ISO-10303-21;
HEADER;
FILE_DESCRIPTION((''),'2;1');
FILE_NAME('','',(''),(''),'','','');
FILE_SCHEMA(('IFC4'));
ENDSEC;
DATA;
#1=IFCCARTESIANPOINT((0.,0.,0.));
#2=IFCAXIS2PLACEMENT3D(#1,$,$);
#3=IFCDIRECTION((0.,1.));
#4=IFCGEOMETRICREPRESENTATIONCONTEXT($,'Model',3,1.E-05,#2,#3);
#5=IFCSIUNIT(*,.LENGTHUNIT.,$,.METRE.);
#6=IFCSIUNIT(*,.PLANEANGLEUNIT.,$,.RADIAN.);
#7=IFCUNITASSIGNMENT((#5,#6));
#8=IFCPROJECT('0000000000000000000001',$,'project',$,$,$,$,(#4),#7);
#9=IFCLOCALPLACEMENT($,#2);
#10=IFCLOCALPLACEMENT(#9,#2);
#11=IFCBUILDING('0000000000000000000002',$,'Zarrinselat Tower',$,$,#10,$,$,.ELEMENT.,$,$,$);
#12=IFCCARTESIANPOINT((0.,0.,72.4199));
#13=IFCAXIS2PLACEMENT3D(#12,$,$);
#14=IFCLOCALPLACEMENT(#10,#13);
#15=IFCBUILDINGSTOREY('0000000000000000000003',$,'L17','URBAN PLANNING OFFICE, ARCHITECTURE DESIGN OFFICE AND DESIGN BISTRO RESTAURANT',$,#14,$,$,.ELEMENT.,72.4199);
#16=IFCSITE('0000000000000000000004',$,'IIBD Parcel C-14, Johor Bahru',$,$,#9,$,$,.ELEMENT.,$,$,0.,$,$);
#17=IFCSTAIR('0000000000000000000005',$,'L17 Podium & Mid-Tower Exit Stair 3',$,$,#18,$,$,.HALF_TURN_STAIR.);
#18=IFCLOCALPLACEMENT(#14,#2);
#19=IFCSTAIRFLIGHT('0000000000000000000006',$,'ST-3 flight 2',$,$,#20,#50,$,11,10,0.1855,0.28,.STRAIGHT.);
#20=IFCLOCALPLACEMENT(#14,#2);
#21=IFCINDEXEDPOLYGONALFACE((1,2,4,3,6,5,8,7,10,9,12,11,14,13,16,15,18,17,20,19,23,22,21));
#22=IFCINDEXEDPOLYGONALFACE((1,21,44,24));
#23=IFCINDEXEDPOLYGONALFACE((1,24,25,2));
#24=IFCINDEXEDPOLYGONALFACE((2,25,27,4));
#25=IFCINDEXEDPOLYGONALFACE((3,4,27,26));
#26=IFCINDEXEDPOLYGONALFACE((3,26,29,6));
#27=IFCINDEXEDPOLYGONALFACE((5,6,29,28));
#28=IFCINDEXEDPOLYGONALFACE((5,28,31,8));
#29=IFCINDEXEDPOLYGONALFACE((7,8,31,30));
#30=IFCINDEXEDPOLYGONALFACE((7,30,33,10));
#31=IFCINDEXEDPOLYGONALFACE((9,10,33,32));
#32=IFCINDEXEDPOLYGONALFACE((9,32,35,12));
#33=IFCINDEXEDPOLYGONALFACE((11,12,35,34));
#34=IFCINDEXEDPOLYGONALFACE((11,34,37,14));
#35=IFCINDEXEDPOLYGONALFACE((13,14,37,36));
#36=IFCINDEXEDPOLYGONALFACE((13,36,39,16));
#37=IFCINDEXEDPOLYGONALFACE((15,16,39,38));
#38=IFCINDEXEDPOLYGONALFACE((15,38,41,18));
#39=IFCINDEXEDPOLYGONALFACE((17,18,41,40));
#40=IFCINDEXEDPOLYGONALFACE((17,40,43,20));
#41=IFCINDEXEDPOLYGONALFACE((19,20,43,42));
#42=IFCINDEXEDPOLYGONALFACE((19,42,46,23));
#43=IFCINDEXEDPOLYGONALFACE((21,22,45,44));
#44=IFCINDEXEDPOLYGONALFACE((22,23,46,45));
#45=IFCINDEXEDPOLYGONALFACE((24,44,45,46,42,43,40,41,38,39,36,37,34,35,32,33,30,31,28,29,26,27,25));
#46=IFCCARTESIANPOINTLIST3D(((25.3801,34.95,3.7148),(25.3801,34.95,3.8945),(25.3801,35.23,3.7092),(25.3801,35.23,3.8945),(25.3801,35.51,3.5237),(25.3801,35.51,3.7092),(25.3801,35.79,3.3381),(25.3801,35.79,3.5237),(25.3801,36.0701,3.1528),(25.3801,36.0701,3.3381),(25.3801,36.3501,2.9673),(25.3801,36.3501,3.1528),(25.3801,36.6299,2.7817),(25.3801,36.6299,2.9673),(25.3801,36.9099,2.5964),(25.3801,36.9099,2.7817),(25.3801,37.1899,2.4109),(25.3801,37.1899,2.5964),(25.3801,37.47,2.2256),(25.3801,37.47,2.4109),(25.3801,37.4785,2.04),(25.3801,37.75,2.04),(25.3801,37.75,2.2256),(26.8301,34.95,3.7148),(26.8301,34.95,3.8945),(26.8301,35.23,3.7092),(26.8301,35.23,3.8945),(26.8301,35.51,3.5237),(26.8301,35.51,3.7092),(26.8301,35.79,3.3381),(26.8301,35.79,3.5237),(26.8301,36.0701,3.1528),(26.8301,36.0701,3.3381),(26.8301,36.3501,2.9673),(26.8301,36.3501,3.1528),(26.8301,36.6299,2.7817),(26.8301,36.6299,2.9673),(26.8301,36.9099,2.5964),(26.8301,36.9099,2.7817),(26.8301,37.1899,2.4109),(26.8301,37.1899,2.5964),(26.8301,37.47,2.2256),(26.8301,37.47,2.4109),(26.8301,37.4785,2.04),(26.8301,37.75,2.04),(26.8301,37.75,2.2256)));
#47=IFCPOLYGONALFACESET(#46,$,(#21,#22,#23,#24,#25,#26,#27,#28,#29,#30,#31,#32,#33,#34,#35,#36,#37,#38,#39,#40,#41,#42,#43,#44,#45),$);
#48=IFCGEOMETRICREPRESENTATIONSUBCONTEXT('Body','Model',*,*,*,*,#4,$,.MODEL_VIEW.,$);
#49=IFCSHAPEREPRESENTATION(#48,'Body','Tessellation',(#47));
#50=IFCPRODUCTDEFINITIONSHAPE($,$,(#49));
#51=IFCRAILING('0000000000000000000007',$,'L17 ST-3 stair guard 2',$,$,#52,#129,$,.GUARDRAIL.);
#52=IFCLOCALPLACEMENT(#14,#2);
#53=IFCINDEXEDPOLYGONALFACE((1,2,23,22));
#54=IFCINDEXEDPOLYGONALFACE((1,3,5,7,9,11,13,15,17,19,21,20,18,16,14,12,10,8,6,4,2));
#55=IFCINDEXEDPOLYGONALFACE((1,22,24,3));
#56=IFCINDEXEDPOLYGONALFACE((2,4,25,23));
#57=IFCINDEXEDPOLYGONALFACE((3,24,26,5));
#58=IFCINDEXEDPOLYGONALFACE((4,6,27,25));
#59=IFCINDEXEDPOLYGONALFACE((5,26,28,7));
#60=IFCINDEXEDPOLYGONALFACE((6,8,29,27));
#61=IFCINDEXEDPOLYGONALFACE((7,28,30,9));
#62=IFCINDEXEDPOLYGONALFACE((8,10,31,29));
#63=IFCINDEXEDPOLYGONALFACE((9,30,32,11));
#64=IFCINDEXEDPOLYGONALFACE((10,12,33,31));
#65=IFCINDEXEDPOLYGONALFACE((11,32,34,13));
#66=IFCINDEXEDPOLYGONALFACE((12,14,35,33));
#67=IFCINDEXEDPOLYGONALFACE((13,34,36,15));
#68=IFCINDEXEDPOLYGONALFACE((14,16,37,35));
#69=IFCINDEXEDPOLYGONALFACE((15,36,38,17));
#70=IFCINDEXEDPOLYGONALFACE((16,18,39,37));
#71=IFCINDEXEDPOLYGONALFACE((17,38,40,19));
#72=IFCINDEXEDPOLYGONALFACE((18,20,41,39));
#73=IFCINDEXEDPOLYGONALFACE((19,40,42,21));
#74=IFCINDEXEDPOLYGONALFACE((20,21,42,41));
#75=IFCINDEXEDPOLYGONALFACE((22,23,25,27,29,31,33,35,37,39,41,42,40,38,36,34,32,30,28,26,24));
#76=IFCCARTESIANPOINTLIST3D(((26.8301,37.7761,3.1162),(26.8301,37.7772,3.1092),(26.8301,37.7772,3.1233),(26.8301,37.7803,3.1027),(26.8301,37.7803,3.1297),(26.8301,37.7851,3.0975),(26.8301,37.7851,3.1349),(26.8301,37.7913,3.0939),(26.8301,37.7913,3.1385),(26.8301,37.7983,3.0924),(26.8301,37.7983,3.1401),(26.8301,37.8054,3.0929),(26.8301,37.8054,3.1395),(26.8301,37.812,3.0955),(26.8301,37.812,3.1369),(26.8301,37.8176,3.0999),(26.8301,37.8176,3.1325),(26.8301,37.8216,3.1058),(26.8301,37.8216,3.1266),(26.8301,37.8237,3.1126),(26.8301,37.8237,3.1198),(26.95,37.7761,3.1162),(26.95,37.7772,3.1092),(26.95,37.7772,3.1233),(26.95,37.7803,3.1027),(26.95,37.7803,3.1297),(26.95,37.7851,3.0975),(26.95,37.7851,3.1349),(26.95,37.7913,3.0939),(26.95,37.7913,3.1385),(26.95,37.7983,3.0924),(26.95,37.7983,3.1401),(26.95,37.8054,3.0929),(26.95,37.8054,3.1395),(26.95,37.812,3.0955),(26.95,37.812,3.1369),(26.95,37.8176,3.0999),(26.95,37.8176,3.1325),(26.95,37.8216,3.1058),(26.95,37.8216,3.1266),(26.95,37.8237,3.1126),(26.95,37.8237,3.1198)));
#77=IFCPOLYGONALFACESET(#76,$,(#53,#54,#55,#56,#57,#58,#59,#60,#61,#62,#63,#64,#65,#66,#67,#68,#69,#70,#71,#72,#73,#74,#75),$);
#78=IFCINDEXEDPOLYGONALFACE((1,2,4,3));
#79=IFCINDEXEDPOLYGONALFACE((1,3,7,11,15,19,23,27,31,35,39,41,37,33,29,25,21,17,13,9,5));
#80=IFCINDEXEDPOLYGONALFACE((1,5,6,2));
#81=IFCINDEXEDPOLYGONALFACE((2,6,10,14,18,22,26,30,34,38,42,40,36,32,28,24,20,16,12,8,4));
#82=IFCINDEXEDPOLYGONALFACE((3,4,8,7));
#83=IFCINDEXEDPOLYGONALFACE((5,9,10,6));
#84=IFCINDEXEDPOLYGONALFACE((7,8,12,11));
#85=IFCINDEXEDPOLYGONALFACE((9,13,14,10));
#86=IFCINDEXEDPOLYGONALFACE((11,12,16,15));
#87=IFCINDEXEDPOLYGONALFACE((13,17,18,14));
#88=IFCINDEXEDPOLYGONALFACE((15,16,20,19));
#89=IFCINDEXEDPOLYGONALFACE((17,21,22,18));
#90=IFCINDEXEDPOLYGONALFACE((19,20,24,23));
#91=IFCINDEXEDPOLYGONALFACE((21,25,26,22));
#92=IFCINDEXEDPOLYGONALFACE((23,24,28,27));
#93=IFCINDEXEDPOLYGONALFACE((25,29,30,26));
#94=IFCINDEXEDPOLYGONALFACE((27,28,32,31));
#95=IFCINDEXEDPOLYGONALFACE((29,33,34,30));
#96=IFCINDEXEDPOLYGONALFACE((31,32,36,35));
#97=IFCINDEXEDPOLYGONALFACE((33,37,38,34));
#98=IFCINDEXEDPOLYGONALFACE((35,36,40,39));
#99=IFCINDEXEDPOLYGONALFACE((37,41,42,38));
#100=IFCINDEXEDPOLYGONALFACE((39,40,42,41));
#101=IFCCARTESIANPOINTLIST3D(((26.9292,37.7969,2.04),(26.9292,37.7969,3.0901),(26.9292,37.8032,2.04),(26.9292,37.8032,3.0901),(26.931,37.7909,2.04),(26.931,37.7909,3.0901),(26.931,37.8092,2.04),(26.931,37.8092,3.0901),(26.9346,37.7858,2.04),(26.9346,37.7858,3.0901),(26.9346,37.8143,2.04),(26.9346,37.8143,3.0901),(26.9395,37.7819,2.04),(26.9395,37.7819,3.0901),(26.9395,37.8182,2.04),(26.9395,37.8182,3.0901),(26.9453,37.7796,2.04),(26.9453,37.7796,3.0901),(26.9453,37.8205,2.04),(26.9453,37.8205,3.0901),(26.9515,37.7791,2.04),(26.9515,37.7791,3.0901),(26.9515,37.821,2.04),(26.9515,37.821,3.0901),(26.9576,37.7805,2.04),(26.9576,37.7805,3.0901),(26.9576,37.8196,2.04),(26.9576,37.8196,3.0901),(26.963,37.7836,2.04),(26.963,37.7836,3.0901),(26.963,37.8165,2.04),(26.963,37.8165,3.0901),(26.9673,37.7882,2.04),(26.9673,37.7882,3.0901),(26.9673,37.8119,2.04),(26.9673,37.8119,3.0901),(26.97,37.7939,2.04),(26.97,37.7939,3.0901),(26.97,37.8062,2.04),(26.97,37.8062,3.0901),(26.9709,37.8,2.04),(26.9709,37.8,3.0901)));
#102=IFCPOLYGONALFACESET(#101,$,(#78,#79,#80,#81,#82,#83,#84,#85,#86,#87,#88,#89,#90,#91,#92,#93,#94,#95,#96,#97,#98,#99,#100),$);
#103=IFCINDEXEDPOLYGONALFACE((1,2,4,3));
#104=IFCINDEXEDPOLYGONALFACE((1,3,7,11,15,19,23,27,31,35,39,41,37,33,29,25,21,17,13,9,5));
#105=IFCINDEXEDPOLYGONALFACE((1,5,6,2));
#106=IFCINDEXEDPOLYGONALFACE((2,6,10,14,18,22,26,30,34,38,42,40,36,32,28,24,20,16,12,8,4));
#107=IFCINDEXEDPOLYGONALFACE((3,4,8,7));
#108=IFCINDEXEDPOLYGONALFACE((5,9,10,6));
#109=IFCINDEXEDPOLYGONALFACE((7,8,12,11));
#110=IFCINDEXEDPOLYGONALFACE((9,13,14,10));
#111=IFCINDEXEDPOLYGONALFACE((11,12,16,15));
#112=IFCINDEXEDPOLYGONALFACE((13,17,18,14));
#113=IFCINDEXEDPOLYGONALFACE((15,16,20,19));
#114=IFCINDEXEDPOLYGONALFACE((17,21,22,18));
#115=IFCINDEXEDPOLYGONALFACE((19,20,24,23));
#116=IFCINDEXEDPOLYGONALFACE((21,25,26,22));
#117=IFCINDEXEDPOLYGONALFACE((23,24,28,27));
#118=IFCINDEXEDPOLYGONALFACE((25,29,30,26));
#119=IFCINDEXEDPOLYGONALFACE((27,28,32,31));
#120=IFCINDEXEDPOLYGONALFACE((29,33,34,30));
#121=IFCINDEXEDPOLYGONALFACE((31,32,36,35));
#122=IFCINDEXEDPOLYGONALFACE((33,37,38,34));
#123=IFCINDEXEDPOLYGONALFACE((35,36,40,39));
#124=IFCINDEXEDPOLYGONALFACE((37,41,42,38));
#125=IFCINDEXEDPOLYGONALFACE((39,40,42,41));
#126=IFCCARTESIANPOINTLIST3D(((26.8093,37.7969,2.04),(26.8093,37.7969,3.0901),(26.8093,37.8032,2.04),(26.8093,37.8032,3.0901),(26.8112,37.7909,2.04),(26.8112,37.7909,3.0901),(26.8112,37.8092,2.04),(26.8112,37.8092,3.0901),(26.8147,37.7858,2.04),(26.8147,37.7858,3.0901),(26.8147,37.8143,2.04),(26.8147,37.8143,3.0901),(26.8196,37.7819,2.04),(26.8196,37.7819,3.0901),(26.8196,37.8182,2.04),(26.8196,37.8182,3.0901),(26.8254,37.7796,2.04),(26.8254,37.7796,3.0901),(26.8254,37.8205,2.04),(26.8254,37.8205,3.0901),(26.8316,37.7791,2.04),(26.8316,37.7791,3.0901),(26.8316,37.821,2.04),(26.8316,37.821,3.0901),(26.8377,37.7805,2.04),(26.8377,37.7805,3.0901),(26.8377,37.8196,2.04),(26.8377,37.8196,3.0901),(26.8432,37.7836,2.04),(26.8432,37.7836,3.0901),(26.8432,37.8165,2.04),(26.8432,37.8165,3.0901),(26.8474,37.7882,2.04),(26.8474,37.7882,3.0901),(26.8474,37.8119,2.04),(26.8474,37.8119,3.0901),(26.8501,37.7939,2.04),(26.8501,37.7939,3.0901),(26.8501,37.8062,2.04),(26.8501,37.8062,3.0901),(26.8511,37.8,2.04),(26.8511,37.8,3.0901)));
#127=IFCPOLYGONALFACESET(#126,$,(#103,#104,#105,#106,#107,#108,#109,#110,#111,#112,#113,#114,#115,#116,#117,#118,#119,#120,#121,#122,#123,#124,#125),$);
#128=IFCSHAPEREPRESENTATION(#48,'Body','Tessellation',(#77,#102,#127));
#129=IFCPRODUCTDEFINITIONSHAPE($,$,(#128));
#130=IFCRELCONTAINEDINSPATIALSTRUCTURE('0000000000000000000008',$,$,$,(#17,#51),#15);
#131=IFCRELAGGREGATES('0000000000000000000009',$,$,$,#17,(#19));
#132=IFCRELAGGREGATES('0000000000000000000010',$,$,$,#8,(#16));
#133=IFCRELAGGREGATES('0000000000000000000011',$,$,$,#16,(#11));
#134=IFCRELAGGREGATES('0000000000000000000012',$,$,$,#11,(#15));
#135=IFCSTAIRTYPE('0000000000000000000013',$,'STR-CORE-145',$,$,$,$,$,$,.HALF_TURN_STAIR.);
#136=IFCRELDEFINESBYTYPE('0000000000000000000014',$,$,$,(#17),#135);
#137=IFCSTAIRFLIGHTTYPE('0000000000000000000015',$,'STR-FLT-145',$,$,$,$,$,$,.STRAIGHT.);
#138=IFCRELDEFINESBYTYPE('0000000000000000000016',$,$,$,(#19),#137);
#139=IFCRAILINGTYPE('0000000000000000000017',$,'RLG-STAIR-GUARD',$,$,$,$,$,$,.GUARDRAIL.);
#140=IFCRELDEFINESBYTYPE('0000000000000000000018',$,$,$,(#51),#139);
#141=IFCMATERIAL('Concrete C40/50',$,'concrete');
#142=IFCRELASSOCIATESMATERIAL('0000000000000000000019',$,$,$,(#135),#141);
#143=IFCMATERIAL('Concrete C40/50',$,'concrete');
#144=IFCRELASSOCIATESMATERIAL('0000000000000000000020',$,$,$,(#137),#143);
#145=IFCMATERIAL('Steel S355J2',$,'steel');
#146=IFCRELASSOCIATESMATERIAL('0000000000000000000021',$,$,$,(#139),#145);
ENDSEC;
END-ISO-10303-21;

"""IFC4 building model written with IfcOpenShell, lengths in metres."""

from ifc_helpers import new_model, si_unit, direction, frame, origin, origin_2d, place, context, subcontext, project, spatial, polyline, circle, outline, extrude, material, type_object, element, aggregate, save


model = new_model("IFC4")

# Units and contexts
model_context = context("Model", 3, precision=1e-05, world=origin(), true_north=direction((0.0, 1.0)))
body_context = subcontext(model_context, "Body", "Model", "MODEL_VIEW")
ifc_project = project(units=[si_unit("LENGTHUNIT", "METRE"), si_unit("PLANEANGLEUNIT", "RADIAN")], contexts=[model_context])

# Site, building, storey
site_placement = place(None, origin())
site = spatial("IfcSite", under=ifc_project, at=site_placement, Name="IIBD Parcel C-14, Johor Bahru", CompositionType="ELEMENT", RefElevation=0.0)
building_placement = place(site_placement, origin())
building = spatial("IfcBuilding", under=site, at=building_placement, Name="Zarrinselat Tower", CompositionType="ELEMENT")
storey_placement = place(building_placement, frame((0.0, 0.0, 72.4199)))
storey = spatial("IfcBuildingStorey", under=building, at=storey_placement, Name="L17", Description="URBAN PLANNING OFFICE, ARCHITECTURE DESIGN OFFICE AND DESIGN BISTRO RESTAURANT", CompositionType="ELEMENT", Elevation=72.4199)

# Stair, stair flight
ifc_material_1 = material(Name="Concrete C40/50", Category="concrete")
stair_type = type_object("IfcStairType", Name="STR-CORE-145", PredefinedType="HALF_TURN_STAIR", material=ifc_material_1)
stair_placement = place(storey_placement, origin())
stair = element("IfcStair", 1, at=stair_placement, inside=storey, type_object=stair_type, Name="L17 Podium & Mid-Tower Exit Stair 3", PredefinedType="HALF_TURN_STAIR")
ifc_material_2 = material(Name="Concrete C40/50", Category="concrete")
stair_flight_type = type_object("IfcStairFlightType", Name="STR-FLT-145", PredefinedType="STRAIGHT", material=ifc_material_2)
stair_flight_1_placement = place(storey_placement, frame((26.105, 37.75, 2.04), z_axis=(0.0, 0.0, 1.0), x_axis=(0.0, -1.0, 0.0)))
stair_flight_1 = element("IfcStairFlight", 2, at=stair_flight_1_placement, type_object=stair_flight_type, Name="ST-3 flight 2", NumberOfRisers=11, NumberOfTreads=10, PredefinedType="STRAIGHT", RiserHeight=0.1855, TreadLength=0.28, context=body_context, shape_type="SweptSolid", body=[
    extrude(outline(polyline([(0.0, 0.0), (0.0, 0.1855), (0.28, 0.1855), (0.28, 0.3708), (0.5601, 0.3708), (0.5601, 0.5564), (0.8401, 0.5564), (0.8401, 0.7417), (1.1201, 0.7417), (1.1201, 0.9272), (1.3999, 0.9272), (1.3999, 1.1128), (1.6799, 1.1128), (1.6799, 1.2981), (1.96, 1.2981), (1.96, 1.4836), (2.24, 1.4836), (2.24, 1.6692), (2.52, 1.6692), (2.52, 1.8545), (2.8, 1.8545), (2.8, 2.04), (2.8, 1.6748), (0.2715, 0.0), (0.0, 0.0)])), frame((0.0, 0.7251, 0.0), z_axis=(0.0, -1.0, 0.0), x_axis=(1.0, 0.0, 0.0)), (0.0, 0.0, 1.0), 1.45),
])
aggregate(stair, [stair_flight_1])

# Railing
ifc_material_3 = material(Name="Steel S355J2", Category="steel")
railing_type_1 = type_object("IfcRailingType", Name="RLG-STAIR-GUARD", PredefinedType="GUARDRAIL", material=ifc_material_3)
railing_1_placement = place(storey_placement, frame((26.95, 37.8, 2.04)))
element("IfcRailing", 3, at=railing_1_placement, inside=storey, type_object=railing_type_1, Name="L17 ST-3 stair guard 2", PredefinedType="GUARDRAIL", context=body_context, shape_type="SweptSolid", body=[
    extrude(circle(Radius=0.0239, at=origin_2d()), frame((0.0, 0.0, 1.0762), z_axis=(-1.0, 0.0, 0.0), x_axis=(0.0, -1.0, 0.0)), (0.0, 0.0, 1.0), 0.1199),
    extrude(circle(Radius=0.021, at=origin_2d()), origin(), (0.0, 0.0, 1.0), 1.05),
    extrude(circle(Radius=0.021, at=origin_2d()), frame((-0.1199, 0.0, 0.0)), (0.0, 0.0, 1.0), 1.05),
])

save(model, "model.ifc")
